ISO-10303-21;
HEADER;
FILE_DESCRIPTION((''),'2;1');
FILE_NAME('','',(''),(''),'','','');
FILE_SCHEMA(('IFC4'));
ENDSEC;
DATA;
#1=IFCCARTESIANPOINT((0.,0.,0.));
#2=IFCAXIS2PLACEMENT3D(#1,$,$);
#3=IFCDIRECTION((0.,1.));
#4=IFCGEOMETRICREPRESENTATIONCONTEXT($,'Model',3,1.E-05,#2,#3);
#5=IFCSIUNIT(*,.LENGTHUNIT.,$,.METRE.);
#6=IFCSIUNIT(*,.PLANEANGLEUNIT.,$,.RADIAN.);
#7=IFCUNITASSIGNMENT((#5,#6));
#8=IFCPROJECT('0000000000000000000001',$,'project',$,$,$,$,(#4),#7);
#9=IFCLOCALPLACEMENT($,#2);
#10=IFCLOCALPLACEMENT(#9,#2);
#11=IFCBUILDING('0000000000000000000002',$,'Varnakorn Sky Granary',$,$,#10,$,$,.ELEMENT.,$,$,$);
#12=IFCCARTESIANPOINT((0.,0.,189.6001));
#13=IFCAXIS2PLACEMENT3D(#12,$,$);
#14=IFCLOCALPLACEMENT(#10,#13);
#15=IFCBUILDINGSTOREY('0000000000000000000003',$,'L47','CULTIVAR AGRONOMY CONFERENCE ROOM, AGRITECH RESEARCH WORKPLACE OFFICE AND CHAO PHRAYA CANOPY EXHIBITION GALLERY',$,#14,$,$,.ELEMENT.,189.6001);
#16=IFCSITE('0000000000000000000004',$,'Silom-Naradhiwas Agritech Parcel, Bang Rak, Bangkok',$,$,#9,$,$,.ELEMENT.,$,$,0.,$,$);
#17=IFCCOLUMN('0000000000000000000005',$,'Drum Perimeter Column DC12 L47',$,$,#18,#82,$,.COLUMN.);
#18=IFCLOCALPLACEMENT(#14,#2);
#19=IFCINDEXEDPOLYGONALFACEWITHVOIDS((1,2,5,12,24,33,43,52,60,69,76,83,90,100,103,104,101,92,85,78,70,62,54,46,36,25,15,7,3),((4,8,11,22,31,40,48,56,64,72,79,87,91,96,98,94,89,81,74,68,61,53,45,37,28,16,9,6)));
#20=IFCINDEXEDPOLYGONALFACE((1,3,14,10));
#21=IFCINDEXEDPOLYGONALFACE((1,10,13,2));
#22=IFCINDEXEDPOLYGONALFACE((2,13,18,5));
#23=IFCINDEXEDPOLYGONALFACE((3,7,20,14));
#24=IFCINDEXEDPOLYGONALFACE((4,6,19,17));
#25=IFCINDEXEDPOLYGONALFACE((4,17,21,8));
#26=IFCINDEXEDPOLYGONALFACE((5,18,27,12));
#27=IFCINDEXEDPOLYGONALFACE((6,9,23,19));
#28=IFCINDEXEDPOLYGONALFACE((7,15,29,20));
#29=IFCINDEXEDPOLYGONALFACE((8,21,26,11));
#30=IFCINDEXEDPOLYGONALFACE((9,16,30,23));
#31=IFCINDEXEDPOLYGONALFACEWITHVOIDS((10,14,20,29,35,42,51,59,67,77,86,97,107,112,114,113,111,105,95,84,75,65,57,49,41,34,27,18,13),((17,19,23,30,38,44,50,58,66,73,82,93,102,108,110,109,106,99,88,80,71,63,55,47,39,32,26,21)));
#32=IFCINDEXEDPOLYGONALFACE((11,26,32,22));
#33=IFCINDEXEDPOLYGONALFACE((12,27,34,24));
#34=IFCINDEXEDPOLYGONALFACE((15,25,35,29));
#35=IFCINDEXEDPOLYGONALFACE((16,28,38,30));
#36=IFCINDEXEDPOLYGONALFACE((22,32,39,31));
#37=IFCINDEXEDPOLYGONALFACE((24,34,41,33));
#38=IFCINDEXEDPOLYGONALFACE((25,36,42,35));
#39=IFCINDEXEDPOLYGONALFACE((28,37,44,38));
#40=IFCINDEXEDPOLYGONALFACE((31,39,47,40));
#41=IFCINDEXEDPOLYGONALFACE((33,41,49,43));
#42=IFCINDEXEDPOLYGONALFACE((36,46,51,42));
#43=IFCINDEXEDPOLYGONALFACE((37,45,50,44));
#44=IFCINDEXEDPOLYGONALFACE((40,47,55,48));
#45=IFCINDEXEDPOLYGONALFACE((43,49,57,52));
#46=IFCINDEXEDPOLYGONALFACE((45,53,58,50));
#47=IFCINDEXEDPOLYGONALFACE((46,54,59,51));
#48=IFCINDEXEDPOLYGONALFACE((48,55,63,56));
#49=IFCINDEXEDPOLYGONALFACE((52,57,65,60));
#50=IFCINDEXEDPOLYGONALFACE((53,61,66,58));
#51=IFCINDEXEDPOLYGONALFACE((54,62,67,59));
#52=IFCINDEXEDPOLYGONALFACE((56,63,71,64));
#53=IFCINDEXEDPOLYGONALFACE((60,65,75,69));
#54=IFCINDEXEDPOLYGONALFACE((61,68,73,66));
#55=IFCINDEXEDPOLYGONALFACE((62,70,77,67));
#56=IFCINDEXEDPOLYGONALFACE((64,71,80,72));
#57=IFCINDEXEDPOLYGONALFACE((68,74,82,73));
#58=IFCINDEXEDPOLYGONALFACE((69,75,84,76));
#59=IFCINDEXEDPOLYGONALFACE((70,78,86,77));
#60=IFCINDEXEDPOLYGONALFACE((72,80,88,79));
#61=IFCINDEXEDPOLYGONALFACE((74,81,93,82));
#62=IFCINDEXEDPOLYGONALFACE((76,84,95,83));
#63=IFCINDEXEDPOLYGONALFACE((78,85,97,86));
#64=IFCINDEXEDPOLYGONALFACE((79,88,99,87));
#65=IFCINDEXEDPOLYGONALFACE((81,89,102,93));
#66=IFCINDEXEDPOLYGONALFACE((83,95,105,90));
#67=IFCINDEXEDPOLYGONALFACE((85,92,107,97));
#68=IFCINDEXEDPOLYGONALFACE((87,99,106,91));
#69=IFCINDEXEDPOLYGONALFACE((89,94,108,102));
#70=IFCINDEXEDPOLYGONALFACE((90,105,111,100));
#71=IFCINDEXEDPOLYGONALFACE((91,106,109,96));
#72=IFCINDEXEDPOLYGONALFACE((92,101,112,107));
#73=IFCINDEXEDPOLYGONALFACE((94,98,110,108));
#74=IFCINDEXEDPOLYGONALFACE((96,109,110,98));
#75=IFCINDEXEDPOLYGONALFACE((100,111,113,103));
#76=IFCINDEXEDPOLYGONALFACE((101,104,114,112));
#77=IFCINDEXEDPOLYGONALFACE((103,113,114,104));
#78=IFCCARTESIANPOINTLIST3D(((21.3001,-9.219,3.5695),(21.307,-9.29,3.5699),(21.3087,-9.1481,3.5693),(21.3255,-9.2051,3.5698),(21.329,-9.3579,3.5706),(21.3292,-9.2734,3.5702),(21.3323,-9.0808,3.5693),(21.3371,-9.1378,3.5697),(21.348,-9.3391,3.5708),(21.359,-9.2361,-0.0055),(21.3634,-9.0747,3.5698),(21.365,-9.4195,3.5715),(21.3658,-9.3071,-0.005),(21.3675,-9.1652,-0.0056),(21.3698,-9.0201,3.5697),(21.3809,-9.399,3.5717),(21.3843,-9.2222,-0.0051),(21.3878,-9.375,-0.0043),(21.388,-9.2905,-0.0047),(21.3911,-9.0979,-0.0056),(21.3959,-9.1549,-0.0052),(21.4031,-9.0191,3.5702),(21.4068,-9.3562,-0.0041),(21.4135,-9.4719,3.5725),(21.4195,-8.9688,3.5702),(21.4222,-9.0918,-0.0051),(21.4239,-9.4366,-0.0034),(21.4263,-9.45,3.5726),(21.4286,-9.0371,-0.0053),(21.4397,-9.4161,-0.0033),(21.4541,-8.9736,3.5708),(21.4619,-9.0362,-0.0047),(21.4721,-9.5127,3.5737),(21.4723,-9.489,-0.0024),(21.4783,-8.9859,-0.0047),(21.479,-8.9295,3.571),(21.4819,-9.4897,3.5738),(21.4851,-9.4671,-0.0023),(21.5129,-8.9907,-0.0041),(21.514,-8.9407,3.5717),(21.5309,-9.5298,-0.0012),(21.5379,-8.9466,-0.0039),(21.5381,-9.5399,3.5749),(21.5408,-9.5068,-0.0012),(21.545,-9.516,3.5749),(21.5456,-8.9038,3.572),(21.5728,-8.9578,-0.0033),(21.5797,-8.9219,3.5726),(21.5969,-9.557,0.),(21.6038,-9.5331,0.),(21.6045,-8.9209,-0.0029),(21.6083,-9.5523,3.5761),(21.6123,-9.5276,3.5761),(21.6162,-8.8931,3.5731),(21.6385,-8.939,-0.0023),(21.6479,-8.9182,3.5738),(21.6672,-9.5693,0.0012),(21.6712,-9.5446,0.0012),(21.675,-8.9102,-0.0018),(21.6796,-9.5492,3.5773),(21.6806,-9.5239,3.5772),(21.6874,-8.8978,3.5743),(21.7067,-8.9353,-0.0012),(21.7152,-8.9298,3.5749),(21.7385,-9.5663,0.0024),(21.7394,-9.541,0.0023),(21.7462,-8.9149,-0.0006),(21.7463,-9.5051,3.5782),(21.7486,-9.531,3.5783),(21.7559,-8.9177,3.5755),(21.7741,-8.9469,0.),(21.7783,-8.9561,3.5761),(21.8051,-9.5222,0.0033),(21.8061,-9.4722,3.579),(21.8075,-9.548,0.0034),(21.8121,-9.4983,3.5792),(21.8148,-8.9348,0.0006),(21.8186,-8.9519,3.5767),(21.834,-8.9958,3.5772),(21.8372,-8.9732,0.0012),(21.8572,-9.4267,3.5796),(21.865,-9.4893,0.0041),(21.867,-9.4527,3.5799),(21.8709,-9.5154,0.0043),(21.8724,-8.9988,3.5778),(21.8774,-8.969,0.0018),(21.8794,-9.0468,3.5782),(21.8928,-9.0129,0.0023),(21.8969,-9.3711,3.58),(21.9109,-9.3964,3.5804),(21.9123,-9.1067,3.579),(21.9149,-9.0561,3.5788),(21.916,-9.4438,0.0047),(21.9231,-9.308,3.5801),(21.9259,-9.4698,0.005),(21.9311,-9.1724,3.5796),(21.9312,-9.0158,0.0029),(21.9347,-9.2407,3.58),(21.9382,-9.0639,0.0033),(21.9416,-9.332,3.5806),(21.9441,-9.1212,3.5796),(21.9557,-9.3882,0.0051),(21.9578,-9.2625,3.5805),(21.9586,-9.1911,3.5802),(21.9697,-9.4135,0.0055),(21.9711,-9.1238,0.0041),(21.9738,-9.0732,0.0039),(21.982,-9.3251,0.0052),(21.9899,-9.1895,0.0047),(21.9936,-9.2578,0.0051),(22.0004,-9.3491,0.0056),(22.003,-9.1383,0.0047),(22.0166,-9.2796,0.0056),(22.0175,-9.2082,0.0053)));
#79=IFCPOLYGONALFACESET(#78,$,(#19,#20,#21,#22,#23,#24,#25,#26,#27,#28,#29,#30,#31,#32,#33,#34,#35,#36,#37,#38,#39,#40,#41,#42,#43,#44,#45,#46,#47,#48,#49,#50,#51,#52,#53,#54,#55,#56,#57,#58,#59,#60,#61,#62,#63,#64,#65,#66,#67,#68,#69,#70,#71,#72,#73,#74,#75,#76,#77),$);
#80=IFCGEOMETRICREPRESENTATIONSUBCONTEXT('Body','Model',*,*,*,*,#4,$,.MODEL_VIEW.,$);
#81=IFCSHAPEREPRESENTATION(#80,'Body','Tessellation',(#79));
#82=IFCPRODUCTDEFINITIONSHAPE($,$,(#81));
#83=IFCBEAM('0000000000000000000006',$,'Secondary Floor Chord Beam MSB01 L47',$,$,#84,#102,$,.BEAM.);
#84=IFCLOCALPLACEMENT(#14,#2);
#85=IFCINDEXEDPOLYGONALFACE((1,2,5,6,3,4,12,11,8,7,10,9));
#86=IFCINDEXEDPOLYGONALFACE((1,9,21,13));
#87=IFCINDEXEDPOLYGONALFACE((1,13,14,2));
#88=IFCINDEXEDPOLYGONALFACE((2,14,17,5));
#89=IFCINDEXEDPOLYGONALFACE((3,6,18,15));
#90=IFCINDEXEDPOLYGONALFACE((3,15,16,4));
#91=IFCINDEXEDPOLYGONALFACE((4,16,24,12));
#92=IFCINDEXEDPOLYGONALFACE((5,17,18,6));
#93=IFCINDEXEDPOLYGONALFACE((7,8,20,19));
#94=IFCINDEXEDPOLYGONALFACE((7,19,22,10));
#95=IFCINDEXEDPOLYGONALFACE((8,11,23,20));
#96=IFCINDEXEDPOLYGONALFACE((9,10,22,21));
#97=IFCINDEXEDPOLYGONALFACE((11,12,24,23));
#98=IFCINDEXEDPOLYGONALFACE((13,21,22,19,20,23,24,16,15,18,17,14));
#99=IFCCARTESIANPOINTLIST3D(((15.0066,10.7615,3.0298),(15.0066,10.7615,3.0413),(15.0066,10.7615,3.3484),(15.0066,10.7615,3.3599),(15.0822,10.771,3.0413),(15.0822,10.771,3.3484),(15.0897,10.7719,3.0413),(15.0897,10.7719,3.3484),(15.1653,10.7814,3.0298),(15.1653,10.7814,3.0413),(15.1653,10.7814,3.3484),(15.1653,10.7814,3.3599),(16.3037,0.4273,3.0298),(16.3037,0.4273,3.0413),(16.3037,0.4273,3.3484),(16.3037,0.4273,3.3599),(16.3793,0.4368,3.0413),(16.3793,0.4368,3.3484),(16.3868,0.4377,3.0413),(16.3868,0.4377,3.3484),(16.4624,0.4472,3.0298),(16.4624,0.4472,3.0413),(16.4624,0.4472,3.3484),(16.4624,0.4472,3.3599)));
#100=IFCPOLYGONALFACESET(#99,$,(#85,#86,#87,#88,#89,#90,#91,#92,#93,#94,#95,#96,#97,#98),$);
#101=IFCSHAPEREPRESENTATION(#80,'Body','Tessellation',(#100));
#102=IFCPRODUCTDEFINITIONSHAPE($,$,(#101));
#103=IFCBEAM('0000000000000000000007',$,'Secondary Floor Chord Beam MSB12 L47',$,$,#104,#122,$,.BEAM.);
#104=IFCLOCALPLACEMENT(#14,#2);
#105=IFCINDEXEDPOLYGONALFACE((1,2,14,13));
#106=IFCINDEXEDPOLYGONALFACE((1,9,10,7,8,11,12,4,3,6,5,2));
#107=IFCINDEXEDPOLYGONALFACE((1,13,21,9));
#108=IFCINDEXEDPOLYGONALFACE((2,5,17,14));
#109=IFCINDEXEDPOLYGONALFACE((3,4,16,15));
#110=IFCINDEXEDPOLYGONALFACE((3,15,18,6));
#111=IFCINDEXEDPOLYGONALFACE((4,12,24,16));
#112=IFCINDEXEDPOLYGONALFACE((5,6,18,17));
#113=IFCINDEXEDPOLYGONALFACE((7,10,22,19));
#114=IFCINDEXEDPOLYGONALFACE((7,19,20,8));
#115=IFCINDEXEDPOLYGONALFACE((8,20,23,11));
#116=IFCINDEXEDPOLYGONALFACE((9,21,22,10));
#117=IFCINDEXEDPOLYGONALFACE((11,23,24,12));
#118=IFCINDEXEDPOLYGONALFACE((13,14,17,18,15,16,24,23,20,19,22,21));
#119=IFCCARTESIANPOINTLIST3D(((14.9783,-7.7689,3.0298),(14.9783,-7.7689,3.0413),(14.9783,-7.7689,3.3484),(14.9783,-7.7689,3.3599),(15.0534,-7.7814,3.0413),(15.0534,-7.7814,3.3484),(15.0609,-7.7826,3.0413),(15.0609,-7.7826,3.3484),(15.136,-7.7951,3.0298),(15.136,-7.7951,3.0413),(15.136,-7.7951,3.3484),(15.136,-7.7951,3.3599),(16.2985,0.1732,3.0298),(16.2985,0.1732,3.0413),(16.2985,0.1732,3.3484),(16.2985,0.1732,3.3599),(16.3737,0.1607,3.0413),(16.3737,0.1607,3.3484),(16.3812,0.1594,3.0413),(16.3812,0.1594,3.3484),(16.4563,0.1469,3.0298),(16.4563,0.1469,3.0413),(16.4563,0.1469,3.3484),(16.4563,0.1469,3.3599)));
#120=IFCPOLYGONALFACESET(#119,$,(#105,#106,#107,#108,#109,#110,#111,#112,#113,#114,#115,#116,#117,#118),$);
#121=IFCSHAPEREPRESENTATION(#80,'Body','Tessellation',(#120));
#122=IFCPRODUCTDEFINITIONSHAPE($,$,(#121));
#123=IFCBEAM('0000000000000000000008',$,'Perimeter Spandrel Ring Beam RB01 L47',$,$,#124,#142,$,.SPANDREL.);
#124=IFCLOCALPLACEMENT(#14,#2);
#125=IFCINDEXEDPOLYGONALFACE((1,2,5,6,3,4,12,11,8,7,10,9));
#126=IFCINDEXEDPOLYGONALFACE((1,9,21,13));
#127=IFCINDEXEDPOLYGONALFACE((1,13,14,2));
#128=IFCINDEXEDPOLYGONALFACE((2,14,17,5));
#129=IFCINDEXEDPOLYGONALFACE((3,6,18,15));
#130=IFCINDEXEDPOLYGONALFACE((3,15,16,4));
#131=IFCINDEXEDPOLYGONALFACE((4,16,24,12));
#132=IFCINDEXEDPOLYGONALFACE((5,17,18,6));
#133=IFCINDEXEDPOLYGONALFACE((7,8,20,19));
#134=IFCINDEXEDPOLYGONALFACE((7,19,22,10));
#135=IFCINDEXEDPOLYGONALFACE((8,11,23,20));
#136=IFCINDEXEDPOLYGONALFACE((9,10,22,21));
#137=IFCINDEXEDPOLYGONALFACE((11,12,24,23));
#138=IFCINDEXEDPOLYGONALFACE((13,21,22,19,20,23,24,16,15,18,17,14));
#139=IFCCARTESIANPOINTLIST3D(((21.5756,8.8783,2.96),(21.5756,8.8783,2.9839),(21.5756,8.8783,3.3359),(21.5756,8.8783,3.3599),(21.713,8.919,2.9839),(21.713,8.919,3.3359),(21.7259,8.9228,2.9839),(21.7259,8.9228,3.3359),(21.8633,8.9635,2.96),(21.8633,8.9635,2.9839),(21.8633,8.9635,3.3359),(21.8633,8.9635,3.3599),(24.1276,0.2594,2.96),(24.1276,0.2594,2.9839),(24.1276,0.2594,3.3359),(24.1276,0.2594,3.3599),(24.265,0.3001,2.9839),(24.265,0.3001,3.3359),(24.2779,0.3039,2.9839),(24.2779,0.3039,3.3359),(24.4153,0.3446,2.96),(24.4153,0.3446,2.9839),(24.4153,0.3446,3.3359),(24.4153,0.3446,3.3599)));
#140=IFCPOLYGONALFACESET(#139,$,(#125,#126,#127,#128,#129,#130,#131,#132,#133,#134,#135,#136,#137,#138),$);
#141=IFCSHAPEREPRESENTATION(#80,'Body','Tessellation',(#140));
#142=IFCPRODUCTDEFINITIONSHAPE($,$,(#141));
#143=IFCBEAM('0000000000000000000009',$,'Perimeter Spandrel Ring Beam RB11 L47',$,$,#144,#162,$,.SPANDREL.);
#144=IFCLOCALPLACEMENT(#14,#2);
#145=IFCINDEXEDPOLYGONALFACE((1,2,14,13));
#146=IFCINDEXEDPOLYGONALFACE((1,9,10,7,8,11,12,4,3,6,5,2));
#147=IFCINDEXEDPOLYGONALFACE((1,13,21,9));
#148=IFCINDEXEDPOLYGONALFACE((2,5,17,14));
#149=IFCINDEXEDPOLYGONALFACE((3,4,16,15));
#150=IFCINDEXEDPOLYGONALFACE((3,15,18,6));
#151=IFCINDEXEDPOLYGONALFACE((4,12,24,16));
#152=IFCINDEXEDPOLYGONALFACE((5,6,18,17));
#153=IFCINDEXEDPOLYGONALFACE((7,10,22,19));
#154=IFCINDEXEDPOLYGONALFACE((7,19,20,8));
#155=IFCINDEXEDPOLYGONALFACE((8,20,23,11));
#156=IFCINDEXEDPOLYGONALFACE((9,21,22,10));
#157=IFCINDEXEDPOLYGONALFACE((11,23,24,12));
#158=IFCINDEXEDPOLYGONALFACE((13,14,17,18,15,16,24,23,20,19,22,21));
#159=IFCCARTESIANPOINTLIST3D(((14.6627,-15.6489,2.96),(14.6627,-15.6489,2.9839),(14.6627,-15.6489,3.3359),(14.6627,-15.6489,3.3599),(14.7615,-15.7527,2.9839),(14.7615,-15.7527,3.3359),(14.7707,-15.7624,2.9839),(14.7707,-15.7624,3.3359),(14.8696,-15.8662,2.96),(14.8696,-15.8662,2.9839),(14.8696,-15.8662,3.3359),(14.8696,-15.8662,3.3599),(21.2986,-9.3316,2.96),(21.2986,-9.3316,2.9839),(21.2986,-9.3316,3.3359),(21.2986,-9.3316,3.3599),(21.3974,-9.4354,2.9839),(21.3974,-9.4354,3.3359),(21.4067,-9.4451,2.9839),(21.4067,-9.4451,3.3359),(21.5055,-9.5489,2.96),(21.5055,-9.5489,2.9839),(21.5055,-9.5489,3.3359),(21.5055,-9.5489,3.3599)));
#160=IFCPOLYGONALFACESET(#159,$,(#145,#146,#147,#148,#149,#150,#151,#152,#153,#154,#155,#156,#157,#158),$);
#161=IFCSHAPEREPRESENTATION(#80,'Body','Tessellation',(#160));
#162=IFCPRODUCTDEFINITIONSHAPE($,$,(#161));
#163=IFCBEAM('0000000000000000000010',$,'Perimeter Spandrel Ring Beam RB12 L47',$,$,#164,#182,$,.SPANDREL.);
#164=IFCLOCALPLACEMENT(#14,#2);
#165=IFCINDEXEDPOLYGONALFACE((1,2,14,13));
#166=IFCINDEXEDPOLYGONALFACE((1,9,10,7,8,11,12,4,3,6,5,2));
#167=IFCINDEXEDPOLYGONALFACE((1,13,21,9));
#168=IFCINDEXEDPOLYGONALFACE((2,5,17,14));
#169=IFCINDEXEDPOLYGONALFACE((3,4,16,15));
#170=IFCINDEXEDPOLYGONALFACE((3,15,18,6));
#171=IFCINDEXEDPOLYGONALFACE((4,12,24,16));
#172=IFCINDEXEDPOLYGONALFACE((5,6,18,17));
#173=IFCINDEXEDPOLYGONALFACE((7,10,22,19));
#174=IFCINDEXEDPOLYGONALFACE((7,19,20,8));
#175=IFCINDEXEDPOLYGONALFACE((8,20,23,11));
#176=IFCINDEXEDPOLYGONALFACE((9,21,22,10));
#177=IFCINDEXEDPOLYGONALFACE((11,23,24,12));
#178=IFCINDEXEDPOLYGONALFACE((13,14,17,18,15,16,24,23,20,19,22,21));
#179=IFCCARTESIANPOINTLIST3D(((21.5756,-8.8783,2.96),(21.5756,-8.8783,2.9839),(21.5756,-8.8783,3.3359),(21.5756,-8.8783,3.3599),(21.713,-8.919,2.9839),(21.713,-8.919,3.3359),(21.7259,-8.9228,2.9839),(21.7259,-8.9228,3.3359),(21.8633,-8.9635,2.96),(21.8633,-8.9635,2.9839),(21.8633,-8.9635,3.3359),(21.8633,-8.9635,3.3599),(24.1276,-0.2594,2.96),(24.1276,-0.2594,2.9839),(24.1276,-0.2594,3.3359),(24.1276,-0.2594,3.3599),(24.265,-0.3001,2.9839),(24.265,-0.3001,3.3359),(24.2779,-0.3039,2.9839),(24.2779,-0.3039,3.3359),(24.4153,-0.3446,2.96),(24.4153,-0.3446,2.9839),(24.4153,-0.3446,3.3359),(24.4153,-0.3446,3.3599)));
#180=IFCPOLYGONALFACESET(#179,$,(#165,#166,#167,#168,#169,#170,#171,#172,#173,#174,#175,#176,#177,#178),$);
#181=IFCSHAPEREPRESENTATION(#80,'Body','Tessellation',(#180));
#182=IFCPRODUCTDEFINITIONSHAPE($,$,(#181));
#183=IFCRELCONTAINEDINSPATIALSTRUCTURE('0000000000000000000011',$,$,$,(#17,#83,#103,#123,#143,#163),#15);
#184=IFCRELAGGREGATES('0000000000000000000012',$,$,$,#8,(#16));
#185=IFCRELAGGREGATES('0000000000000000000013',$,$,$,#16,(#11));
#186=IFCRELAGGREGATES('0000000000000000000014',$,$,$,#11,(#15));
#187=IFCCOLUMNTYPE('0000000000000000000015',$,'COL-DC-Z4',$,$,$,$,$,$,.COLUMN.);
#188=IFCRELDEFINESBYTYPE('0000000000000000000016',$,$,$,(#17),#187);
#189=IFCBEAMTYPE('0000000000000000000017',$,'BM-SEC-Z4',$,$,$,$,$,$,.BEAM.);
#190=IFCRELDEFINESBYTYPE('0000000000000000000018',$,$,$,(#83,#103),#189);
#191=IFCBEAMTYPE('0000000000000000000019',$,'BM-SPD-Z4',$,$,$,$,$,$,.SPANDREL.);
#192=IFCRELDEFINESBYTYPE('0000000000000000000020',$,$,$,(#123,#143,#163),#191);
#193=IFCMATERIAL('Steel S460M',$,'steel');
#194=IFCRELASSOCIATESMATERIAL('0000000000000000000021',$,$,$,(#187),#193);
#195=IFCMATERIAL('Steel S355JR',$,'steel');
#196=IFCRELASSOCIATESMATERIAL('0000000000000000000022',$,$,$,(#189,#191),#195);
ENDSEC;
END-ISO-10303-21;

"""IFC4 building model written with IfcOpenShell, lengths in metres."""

from ifc_helpers import new_model, si_unit, direction, frame, origin, origin_2d, place, context, subcontext, project, spatial, hollow_circle, i_section, extrude, material, material_profile, profile_set, type_object, element, save


model = new_model("IFC4")

# Units and contexts
model_context = context("Model", 3, precision=1e-05, world=origin(), true_north=direction((0.0, 1.0)))
body_context = subcontext(model_context, "Body", "Model", "MODEL_VIEW")
ifc_project = project(units=[si_unit("LENGTHUNIT", "METRE"), si_unit("PLANEANGLEUNIT", "RADIAN")], contexts=[model_context])

# Site, building, storey
site_placement = place(None, origin())
site = spatial("IfcSite", under=ifc_project, at=site_placement, Name="Silom-Naradhiwas Agritech Parcel, Bang Rak, Bangkok", CompositionType="ELEMENT", RefElevation=0.0)
building_placement = place(site_placement, origin())
building = spatial("IfcBuilding", under=site, at=building_placement, Name="Varnakorn Sky Granary", CompositionType="ELEMENT")
storey_placement = place(building_placement, frame((0.0, 0.0, 189.6001)))
storey = spatial("IfcBuildingStorey", under=building, at=storey_placement, Name="L47", Description="CULTIVAR AGRONOMY CONFERENCE ROOM, AGRITECH RESEARCH WORKPLACE OFFICE AND CHAO PHRAYA CANOPY EXHIBITION GALLERY", CompositionType="ELEMENT", Elevation=189.6001)

# Column
ifc_material_1 = material(Name="Steel S460M", Category="steel")
ifc_material_profile_1 = material_profile(ifc_material_1, hollow_circle(Radius=0.3301, WallThickness=0.0249, at=origin_2d()), Name="CHS 660x25")
ifc_profile_set_1 = profile_set([ifc_material_profile_1], Name="Steel S460M")
column_type = type_object("IfcColumnType", Name="COL-DC-Z4", PredefinedType="COLUMN", material=ifc_profile_set_1)
column_1_placement = place(storey_placement, frame((21.689, -9.24, 0.0), z_axis=(-0.016456, 0.00478, 0.999853), x_axis=(-0.278929, -0.960312, 0.0)))
element("IfcColumn", 1, at=column_1_placement, inside=storey, type_object=column_type, Name="Drum Perimeter Column DC12 L47", PredefinedType="COLUMN", context=body_context, shape_type="SweptSolid", body=[
    extrude(hollow_circle(Radius=0.3301, WallThickness=0.0249, at=origin_2d()), origin(), (0.0, 0.0, 1.0), 3.5754),
])

# Beams
ifc_material_2 = material(Name="Steel S355JR", Category="steel")
ifc_material_profile_2 = material_profile(ifc_material_2, i_section(OverallWidth=0.1599, OverallDepth=0.3301, WebThickness=0.0076, FlangeThickness=0.0115, at=origin_2d()), Name="IPE 330")
ifc_profile_set_2 = profile_set([ifc_material_profile_2], Name="Steel S355JR")
beam_type_1 = type_object("IfcBeamType", Name="BM-SEC-Z4", PredefinedType="BEAM", material=ifc_profile_set_2)
beam_1_placement = place(storey_placement, frame((16.3831, 0.4373, 3.1948), z_axis=(-0.12454, 0.992215, 0.0), x_axis=(-0.992215, -0.12454, 0.0)))
element("IfcBeam", 2, at=beam_1_placement, inside=storey, type_object=beam_type_1, Name="Secondary Floor Chord Beam MSB01 L47", PredefinedType="BEAM", context=body_context, shape_type="SweptSolid", body=[
    extrude(i_section(OverallWidth=0.1599, OverallDepth=0.3301, WebThickness=0.0076, FlangeThickness=0.0115, at=origin_2d()), origin(), (0.0, 0.0, 1.0), 10.4153),
])
beam_2_placement = place(storey_placement, frame((15.0571, -7.782, 3.1948), z_axis=(0.163991, 0.986462, 0.0), x_axis=(-0.986462, 0.163991, 0.0)))
element("IfcBeam", 3, at=beam_2_placement, inside=storey, type_object=beam_type_1, Name="Secondary Floor Chord Beam MSB12 L47", PredefinedType="BEAM", context=body_context, shape_type="SweptSolid", body=[
    extrude(i_section(OverallWidth=0.1599, OverallDepth=0.3301, WebThickness=0.0076, FlangeThickness=0.0115, at=origin_2d()), origin(), (0.0, 0.0, 1.0), 8.051),
])
ifc_material_profile_3 = material_profile(ifc_material_2, i_section(OverallWidth=0.3, OverallDepth=0.3999, WebThickness=0.0134, FlangeThickness=0.0239, at=origin_2d()), Name="HE 400 B")
ifc_profile_set_3 = profile_set([ifc_material_profile_3], Name="Steel S355JR")
beam_type_2 = type_object("IfcBeamType", Name="BM-SPD-Z4", PredefinedType="SPANDREL", material=ifc_profile_set_3)
beam_3_placement = place(storey_placement, frame((24.2715, 0.302, 3.1599), z_axis=(-0.28391, 0.958851, 0.0), x_axis=(-0.958851, -0.28391, 0.0)))
element("IfcBeam", 4, at=beam_3_placement, inside=storey, type_object=beam_type_2, Name="Perimeter Spandrel Ring Beam RB01 L47", PredefinedType="SPANDREL", context=body_context, shape_type="SweptSolid", body=[
    extrude(i_section(OverallWidth=0.3, OverallDepth=0.3999, WebThickness=0.0134, FlangeThickness=0.0239, at=origin_2d()), origin(), (0.0, 0.0, 1.0), 8.9888),
])
beam_4_placement = place(storey_placement, frame((14.7661, -15.7576, 3.1599), z_axis=(0.72428, 0.689506, 0.0), x_axis=(-0.689506, 0.72428, 0.0)))
element("IfcBeam", 5, at=beam_4_placement, inside=storey, type_object=beam_type_2, Name="Perimeter Spandrel Ring Beam RB11 L47", PredefinedType="SPANDREL", context=body_context, shape_type="SweptSolid", body=[
    extrude(i_section(OverallWidth=0.3, OverallDepth=0.3999, WebThickness=0.0134, FlangeThickness=0.0239, at=origin_2d()), origin(), (0.0, 0.0, 1.0), 9.1621),
])
beam_5_placement = place(storey_placement, frame((21.7195, -8.9209, 3.1599), z_axis=(0.28391, 0.958851, 0.0), x_axis=(-0.958851, 0.28391, 0.0)))
element("IfcBeam", 6, at=beam_5_placement, inside=storey, type_object=beam_type_2, Name="Perimeter Spandrel Ring Beam RB12 L47", PredefinedType="SPANDREL", context=body_context, shape_type="SweptSolid", body=[
    extrude(i_section(OverallWidth=0.3, OverallDepth=0.3999, WebThickness=0.0134, FlangeThickness=0.0239, at=origin_2d()), origin(), (0.0, 0.0, 1.0), 8.9888),
])

save(model, "model.ifc")
